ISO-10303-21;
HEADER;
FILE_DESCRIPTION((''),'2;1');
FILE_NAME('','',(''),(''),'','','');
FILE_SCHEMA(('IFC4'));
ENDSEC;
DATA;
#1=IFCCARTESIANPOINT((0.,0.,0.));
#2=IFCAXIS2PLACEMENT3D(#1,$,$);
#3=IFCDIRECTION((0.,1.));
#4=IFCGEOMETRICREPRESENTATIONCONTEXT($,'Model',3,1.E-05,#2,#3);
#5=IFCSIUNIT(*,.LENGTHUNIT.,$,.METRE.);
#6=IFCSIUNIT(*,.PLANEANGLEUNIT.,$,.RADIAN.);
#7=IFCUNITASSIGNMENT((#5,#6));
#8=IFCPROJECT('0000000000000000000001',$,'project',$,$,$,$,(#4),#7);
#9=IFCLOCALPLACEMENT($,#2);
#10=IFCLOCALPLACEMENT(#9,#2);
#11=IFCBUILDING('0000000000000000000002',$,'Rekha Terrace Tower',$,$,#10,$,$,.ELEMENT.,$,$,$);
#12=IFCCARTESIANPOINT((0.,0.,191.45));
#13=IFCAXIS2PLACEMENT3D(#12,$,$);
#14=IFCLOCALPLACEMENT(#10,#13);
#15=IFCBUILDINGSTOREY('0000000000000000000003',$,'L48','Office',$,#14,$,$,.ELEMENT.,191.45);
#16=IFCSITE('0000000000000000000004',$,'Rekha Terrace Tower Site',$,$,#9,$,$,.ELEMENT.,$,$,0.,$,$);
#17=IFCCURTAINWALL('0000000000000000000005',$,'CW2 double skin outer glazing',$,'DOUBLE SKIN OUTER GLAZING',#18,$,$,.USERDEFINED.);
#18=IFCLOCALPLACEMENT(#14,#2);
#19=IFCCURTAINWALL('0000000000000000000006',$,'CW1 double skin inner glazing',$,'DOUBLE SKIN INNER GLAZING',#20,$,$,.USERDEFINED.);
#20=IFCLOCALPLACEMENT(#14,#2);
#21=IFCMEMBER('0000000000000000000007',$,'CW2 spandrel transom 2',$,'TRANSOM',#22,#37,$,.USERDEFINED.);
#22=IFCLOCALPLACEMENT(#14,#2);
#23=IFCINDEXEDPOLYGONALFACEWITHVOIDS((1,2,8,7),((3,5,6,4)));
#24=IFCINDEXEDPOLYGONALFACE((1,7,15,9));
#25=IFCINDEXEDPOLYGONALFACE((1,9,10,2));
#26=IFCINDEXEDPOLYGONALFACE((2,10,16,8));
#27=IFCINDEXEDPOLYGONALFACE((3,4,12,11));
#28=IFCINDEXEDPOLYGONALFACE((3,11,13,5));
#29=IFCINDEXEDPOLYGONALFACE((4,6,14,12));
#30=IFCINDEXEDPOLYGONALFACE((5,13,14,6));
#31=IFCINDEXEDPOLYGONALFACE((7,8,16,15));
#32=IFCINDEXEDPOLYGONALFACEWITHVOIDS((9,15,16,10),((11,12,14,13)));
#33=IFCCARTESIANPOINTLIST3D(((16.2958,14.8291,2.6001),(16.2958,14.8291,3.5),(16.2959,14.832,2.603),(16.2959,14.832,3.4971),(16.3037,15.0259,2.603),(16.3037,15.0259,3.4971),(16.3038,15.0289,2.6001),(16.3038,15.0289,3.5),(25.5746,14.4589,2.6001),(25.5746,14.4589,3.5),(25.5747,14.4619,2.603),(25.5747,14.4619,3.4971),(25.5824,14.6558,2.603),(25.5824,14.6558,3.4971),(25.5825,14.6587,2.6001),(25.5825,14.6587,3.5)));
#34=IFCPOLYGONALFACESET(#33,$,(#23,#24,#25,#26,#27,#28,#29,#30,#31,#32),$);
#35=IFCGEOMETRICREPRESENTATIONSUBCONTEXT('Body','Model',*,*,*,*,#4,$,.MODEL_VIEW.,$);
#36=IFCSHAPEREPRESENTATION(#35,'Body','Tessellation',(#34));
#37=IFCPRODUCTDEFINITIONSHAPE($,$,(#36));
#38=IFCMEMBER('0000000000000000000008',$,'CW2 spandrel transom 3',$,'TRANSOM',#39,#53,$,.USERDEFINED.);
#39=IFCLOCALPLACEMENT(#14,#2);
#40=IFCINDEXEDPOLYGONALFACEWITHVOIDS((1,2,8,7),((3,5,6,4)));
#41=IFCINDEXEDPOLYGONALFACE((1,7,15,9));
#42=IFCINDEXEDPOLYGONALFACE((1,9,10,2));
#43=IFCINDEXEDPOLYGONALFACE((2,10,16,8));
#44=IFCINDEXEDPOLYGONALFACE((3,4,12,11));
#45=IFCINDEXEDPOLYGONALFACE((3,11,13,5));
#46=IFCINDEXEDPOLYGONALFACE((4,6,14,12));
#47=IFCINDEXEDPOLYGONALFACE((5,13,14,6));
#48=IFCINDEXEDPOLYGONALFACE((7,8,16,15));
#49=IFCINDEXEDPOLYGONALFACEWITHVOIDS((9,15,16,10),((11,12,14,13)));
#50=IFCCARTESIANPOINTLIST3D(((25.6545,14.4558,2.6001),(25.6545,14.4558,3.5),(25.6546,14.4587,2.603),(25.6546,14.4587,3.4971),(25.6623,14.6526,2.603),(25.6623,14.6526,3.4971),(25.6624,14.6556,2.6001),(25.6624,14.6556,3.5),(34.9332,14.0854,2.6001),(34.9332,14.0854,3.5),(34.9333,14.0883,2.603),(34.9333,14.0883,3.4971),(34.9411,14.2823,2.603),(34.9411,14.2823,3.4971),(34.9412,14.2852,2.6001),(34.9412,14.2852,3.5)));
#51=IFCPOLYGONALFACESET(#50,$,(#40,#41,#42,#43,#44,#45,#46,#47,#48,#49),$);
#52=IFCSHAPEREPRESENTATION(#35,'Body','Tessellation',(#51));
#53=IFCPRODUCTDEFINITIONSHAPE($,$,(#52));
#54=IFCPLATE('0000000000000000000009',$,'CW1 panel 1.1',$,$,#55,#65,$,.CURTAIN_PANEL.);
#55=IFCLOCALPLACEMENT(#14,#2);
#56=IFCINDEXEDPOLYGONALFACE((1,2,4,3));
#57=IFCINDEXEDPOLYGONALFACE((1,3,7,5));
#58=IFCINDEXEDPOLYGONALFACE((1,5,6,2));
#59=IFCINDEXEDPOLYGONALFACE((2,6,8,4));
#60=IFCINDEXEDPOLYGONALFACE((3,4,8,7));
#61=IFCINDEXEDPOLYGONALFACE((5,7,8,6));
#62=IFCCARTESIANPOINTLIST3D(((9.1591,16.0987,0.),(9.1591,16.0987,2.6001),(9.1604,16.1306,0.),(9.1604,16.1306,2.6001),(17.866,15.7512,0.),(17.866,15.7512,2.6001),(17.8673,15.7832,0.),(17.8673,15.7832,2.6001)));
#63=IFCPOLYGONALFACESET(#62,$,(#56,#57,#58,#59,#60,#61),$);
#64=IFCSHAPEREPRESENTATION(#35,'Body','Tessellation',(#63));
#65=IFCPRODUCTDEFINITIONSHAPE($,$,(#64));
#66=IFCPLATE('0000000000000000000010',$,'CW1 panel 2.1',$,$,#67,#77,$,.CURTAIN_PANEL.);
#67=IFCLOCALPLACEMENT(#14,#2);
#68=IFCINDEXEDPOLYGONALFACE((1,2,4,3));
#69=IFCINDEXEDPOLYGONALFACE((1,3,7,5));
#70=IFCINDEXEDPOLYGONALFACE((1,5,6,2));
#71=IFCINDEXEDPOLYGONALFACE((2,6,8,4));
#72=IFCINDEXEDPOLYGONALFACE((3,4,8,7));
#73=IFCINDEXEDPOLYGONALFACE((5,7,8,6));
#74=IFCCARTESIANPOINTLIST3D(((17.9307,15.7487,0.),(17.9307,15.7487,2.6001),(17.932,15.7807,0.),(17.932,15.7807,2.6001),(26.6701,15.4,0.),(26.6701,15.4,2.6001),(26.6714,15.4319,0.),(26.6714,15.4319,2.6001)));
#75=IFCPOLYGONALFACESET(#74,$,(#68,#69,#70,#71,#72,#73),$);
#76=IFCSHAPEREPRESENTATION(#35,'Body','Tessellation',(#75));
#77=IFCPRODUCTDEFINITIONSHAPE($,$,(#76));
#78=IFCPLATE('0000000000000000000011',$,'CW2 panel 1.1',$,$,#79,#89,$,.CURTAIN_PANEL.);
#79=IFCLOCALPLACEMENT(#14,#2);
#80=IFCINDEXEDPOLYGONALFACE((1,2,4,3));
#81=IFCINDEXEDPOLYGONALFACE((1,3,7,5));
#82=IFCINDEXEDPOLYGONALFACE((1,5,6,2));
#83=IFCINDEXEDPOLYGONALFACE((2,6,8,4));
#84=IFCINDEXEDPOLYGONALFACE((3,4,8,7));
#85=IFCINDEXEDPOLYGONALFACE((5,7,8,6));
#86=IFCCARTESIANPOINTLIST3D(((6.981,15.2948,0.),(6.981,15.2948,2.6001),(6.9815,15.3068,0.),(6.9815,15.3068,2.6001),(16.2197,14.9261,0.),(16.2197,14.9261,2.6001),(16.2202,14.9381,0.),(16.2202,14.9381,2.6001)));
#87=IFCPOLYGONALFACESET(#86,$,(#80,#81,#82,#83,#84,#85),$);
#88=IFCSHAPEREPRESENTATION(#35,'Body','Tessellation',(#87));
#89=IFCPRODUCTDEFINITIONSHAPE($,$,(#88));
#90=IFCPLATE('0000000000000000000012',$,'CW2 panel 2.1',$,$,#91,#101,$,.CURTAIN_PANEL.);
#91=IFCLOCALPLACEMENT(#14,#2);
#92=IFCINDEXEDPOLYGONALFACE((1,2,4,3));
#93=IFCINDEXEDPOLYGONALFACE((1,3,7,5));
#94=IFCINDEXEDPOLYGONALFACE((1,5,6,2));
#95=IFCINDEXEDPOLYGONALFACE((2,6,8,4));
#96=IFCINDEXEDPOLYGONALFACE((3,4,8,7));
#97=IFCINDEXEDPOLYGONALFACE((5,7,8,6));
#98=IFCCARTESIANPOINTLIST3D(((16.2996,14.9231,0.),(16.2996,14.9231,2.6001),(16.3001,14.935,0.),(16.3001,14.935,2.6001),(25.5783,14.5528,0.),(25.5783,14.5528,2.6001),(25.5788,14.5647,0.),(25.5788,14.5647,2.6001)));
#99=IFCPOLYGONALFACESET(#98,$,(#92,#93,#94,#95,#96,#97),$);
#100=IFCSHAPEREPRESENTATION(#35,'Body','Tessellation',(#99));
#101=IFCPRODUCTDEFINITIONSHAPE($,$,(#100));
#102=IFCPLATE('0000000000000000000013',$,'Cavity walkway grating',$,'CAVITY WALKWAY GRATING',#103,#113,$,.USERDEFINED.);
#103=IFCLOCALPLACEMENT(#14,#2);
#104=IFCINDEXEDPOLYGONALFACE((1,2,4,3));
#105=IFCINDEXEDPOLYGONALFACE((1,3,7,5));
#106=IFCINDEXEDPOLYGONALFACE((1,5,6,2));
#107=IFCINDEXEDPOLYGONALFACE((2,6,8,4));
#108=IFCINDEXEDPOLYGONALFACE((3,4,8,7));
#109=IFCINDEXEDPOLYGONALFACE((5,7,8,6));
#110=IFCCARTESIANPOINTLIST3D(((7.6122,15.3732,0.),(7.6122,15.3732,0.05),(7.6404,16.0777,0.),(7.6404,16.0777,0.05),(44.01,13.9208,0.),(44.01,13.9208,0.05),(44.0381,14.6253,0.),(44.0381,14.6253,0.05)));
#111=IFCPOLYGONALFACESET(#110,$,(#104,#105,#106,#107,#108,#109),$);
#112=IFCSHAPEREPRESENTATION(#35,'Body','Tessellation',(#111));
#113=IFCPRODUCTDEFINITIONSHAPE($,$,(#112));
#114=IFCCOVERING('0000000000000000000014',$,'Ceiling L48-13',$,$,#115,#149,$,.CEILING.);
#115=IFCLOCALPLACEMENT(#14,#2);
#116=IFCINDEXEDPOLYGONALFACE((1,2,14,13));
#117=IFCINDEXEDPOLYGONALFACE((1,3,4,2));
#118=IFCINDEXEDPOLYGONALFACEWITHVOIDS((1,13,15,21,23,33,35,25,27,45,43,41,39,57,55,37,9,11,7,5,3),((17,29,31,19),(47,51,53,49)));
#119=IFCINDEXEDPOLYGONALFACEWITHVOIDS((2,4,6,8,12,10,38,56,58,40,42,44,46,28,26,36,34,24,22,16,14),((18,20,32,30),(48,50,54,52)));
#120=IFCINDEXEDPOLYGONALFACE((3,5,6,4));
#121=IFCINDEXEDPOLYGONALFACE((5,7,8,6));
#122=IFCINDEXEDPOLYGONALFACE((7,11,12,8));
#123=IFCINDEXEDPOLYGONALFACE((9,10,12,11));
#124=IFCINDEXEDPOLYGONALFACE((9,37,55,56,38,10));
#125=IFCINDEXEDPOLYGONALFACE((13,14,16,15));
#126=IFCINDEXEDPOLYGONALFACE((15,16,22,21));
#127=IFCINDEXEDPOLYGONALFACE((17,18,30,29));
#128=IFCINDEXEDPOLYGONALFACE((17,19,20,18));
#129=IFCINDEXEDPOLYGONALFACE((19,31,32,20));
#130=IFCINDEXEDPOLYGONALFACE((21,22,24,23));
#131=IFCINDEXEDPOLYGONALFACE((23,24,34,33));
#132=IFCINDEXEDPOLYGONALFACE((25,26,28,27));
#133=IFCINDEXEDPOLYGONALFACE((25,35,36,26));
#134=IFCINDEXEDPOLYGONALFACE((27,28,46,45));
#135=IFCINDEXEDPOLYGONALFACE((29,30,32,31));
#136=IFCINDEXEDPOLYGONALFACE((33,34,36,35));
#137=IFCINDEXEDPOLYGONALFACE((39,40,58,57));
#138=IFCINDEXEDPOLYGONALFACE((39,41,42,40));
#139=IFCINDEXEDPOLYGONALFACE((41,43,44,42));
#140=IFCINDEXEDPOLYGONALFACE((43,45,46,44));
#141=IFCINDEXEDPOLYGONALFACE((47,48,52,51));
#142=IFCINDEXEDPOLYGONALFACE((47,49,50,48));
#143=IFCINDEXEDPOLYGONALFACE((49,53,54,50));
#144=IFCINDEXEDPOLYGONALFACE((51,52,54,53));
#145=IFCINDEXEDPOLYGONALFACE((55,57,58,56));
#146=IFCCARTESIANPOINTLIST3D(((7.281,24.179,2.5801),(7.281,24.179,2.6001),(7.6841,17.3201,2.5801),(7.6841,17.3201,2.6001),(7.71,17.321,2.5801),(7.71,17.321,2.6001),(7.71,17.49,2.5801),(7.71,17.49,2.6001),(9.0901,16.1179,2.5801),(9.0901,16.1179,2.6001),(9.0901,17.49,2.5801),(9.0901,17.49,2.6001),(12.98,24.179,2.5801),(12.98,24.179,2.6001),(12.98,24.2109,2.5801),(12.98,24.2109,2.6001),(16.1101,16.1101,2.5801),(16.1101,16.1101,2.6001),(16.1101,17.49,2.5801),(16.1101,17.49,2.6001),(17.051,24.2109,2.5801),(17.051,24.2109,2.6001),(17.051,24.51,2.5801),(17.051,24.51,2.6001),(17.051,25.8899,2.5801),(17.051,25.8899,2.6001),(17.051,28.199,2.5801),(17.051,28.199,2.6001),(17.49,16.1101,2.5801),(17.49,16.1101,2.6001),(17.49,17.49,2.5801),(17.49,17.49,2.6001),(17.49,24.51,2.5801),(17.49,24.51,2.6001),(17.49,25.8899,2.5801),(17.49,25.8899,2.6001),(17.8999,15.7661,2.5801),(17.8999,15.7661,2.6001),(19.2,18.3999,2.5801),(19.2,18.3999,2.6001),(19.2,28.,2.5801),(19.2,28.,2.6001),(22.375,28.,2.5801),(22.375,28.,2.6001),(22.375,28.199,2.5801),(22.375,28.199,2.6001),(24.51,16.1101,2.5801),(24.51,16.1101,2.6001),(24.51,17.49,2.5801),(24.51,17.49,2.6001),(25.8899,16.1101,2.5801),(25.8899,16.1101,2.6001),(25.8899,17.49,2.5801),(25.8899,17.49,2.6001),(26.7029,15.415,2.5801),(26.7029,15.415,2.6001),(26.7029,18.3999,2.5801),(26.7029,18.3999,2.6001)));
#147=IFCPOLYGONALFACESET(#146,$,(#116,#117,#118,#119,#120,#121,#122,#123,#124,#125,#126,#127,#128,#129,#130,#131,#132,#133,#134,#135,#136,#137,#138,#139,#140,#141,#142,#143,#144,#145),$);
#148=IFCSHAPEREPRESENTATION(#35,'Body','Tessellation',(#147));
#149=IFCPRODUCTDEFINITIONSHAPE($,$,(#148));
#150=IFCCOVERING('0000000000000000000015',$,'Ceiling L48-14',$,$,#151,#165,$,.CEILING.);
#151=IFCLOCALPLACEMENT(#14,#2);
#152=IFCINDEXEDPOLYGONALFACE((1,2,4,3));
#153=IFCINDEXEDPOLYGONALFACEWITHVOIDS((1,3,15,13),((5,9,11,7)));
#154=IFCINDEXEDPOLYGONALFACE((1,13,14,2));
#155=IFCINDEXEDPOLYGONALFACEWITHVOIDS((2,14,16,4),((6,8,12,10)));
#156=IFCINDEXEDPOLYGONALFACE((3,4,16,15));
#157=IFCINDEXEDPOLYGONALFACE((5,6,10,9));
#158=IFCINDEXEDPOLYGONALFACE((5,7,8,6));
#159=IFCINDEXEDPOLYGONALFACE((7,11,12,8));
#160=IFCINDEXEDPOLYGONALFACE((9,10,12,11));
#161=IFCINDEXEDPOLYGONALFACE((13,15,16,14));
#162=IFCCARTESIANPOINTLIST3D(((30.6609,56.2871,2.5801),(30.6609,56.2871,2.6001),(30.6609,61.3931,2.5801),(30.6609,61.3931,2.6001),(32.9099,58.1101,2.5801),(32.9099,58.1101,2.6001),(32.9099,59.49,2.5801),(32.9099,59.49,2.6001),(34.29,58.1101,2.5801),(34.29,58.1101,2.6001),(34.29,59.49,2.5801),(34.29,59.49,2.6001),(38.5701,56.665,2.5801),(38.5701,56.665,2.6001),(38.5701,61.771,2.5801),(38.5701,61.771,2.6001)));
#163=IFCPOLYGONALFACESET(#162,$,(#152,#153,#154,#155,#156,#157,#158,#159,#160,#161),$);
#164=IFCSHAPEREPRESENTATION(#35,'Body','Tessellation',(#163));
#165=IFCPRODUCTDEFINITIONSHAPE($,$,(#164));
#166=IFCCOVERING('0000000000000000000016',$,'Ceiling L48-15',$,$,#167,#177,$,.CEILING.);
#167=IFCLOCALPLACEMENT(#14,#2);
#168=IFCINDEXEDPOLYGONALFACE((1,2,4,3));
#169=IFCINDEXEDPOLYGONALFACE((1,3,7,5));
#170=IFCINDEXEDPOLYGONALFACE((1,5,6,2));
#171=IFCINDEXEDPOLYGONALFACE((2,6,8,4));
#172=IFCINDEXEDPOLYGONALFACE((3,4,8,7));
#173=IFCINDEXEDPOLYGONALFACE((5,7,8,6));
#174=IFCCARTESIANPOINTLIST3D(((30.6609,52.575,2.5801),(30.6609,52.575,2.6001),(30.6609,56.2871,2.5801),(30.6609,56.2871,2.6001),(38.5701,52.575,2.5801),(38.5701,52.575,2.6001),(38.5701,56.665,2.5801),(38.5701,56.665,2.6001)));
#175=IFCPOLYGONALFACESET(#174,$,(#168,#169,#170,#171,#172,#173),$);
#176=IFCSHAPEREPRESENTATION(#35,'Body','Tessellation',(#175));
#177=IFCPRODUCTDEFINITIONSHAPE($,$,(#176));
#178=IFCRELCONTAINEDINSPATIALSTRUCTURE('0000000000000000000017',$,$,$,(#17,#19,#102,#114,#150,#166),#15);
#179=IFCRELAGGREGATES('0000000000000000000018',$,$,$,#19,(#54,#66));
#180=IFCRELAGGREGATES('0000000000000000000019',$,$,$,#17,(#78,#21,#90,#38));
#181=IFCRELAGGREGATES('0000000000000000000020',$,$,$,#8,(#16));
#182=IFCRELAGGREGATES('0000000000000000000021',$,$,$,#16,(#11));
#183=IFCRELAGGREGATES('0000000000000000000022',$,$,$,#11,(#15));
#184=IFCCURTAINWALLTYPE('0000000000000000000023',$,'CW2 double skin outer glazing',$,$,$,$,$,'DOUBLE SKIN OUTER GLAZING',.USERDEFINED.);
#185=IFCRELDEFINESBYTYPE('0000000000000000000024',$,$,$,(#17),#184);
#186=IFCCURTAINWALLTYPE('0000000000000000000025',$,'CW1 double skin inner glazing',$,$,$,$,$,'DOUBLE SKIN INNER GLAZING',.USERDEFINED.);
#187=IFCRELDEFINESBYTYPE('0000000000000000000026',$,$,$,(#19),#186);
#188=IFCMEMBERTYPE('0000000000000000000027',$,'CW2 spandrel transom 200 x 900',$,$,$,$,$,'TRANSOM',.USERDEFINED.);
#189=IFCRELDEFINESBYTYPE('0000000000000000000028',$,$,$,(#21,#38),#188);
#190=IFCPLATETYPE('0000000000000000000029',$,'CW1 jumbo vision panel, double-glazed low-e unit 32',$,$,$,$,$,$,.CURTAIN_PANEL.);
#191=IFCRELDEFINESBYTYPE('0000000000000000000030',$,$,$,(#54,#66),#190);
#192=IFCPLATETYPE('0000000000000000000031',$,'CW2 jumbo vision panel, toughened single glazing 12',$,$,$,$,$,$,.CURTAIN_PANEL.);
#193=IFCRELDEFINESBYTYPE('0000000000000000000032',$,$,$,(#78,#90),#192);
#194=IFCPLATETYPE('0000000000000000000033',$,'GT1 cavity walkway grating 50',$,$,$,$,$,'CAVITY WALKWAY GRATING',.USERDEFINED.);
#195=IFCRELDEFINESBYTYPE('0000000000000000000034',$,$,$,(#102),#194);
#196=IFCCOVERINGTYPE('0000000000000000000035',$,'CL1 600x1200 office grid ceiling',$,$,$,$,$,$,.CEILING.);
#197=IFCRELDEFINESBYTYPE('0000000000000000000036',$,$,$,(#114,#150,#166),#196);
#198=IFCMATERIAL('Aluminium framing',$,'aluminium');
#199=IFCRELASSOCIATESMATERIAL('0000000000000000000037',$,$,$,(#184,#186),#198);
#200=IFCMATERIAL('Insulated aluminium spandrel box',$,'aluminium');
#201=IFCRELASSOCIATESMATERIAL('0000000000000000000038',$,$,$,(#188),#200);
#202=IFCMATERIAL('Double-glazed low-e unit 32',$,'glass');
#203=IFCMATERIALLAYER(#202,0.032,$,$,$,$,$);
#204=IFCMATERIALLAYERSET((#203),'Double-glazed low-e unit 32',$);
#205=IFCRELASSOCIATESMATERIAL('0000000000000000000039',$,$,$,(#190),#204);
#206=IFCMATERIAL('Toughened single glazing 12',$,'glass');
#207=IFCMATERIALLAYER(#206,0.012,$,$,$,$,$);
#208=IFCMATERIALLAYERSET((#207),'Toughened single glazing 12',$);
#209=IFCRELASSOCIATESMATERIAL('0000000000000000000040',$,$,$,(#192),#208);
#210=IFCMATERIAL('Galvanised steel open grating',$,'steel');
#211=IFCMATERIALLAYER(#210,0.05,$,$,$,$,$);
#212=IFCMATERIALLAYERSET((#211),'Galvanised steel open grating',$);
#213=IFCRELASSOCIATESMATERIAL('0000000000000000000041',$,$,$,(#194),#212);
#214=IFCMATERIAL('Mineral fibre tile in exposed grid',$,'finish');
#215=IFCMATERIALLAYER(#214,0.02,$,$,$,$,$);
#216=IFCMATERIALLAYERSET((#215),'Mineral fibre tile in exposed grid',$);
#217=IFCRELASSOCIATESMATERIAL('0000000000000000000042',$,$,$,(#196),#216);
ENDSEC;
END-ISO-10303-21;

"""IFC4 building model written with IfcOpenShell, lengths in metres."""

from ifc_helpers import new_model, si_unit, direction, frame, origin, origin_2d, place, context, subcontext, project, spatial, polyline, rectangle, hollow_rectangle, outline, extrude, material, layer, layer_set, material_profile, profile_set, type_object, element, aggregate, save


model = new_model("IFC4")

# Units and contexts
model_context = context("Model", 3, precision=1e-05, world=origin(), true_north=direction((0.0, 1.0)))
body_context = subcontext(model_context, "Body", "Model", "MODEL_VIEW")
ifc_project = project(units=[si_unit("LENGTHUNIT", "METRE"), si_unit("PLANEANGLEUNIT", "RADIAN")], contexts=[model_context])

# Site, building, storey
site_placement = place(None, origin())
site = spatial("IfcSite", under=ifc_project, at=site_placement, Name="Rekha Terrace Tower Site", CompositionType="ELEMENT", RefElevation=0.0)
building_placement = place(site_placement, origin())
building = spatial("IfcBuilding", under=site, at=building_placement, Name="Rekha Terrace Tower", CompositionType="ELEMENT")
storey_placement = place(building_placement, frame((0.0, 0.0, 191.45)))
storey = spatial("IfcBuildingStorey", under=building, at=storey_placement, Name="L48", Description="Office", CompositionType="ELEMENT", Elevation=191.45)

# Curtain walls
ifc_material_1 = material(Name="Aluminium framing", Category="aluminium")
curtain_wall_type_1 = type_object("IfcCurtainWallType", Name="CW2 double skin outer glazing", ElementType="DOUBLE SKIN OUTER GLAZING", PredefinedType="USERDEFINED", material=ifc_material_1)
curtain_wall_1_placement = place(storey_placement, origin())
curtain_wall_1 = element("IfcCurtainWall", 1, at=curtain_wall_1_placement, inside=storey, type_object=curtain_wall_type_1, Name="CW2 double skin outer glazing", ObjectType="DOUBLE SKIN OUTER GLAZING", PredefinedType="USERDEFINED")
curtain_wall_type_2 = type_object("IfcCurtainWallType", Name="CW1 double skin inner glazing", ElementType="DOUBLE SKIN INNER GLAZING", PredefinedType="USERDEFINED", material=ifc_material_1)
curtain_wall_2_placement = place(storey_placement, origin())
curtain_wall_2 = element("IfcCurtainWall", 2, at=curtain_wall_2_placement, inside=storey, type_object=curtain_wall_type_2, Name="CW1 double skin inner glazing", ObjectType="DOUBLE SKIN INNER GLAZING", PredefinedType="USERDEFINED")
ifc_material_2 = material(Name="Insulated aluminium spandrel box", Category="aluminium")

# Members
ifc_material_profile_1 = material_profile(ifc_material_2, hollow_rectangle(XDim=0.2, YDim=0.8999, WallThickness=0.0029, at=origin_2d()), Name="AL SPANDREL BOX 200x900")
ifc_profile_set_1 = profile_set([ifc_material_profile_1], Name="Insulated aluminium spandrel box")
member_type_1 = type_object("IfcMemberType", Name="CW2 spandrel transom 200 x 900", ElementType="TRANSOM", PredefinedType="USERDEFINED", material=ifc_profile_set_1)
member_1_placement = place(storey_placement, frame((16.2998, 14.929, 3.05), z_axis=(0.999205, -0.039857, 0.0), x_axis=(0.039857, 0.999205, 0.0)))
member_1 = element("IfcMember", 3, at=member_1_placement, type_object=member_type_1, Name="CW2 spandrel transom 2", ObjectType="TRANSOM", PredefinedType="USERDEFINED", context=body_context, shape_type="SweptSolid", body=[
    extrude(hollow_rectangle(XDim=0.2, YDim=0.8999, WallThickness=0.0029, at=origin_2d()), origin(), (0.0, 0.0, 1.0), 9.2861),
])
member_2_placement = place(storey_placement, frame((25.6584, 14.5557, 3.05), z_axis=(0.999204, -0.039883, 0.0), x_axis=(0.039883, 0.999204, 0.0)))
member_2 = element("IfcMember", 4, at=member_2_placement, type_object=member_type_1, Name="CW2 spandrel transom 3", ObjectType="TRANSOM", PredefinedType="USERDEFINED", context=body_context, shape_type="SweptSolid", body=[
    extrude(hollow_rectangle(XDim=0.2, YDim=0.8999, WallThickness=0.0029, at=origin_2d()), origin(), (0.0, 0.0, 1.0), 9.2861),
])

# Plates
ifc_material_3 = material(Name="Double-glazed low-e unit 32", Category="glass")
ifc_layer_1 = layer(ifc_material_3, 0.032)
ifc_layer_set_1 = layer_set([ifc_layer_1], Name="Double-glazed low-e unit 32")
plate_type_1 = type_object("IfcPlateType", Name="CW1 jumbo vision panel, double-glazed low-e unit 32", PredefinedType="CURTAIN_PANEL", material=ifc_layer_set_1)
plate_1_placement = place(storey_placement, frame((13.5132, 15.9409, 0.0), z_axis=(0.0, 0.0, 1.0), x_axis=(0.999205, -0.039872, 0.0)))
plate_1 = element("IfcPlate", 5, at=plate_1_placement, type_object=plate_type_1, Name="CW1 panel 1.1", PredefinedType="CURTAIN_PANEL", context=body_context, shape_type="SweptSolid", body=[
    extrude(rectangle(XDim=8.7139, YDim=0.032, at=origin_2d()), origin(), (0.0, 0.0, 1.0), 2.6001),
])
plate_2_placement = place(storey_placement, frame((22.301, 15.5903, 0.0), z_axis=(0.0, 0.0, 1.0), x_axis=(0.999205, -0.039872, 0.0)))
plate_2 = element("IfcPlate", 6, at=plate_2_placement, type_object=plate_type_1, Name="CW1 panel 2.1", PredefinedType="CURTAIN_PANEL", context=body_context, shape_type="SweptSolid", body=[
    extrude(rectangle(XDim=8.7463, YDim=0.032, at=origin_2d()), origin(), (0.0, 0.0, 1.0), 2.6001),
])
aggregate(curtain_wall_2, [plate_1, plate_2])
ifc_material_4 = material(Name="Toughened single glazing 12", Category="glass")
ifc_layer_2 = layer(ifc_material_4, 0.012)
ifc_layer_set_2 = layer_set([ifc_layer_2], Name="Toughened single glazing 12")
plate_type_2 = type_object("IfcPlateType", Name="CW2 jumbo vision panel, toughened single glazing 12", PredefinedType="CURTAIN_PANEL", material=ifc_layer_set_2)
plate_3_placement = place(storey_placement, frame((11.6006, 15.1165, 0.0), z_axis=(0.0, 0.0, 1.0), x_axis=(0.999205, -0.039872, 0.0)))
plate_3 = element("IfcPlate", 7, at=plate_3_placement, type_object=plate_type_2, Name="CW2 panel 1.1", PredefinedType="CURTAIN_PANEL", context=body_context, shape_type="SweptSolid", body=[
    extrude(rectangle(XDim=9.2461, YDim=0.012, at=origin_2d()), origin(), (0.0, 0.0, 1.0), 2.6001),
])
plate_4_placement = place(storey_placement, frame((20.9392, 14.7439, 0.0), z_axis=(0.0, 0.0, 1.0), x_axis=(0.999205, -0.039872, 0.0)))
plate_4 = element("IfcPlate", 8, at=plate_4_placement, type_object=plate_type_2, Name="CW2 panel 2.1", PredefinedType="CURTAIN_PANEL", context=body_context, shape_type="SweptSolid", body=[
    extrude(rectangle(XDim=9.2861, YDim=0.012, at=origin_2d()), origin(), (0.0, 0.0, 1.0), 2.6001),
])
aggregate(curtain_wall_1, [plate_3, member_1, plate_4, member_2])
ifc_material_5 = material(Name="Galvanised steel open grating", Category="steel")
ifc_layer_3 = layer(ifc_material_5, 0.05)
ifc_layer_set_3 = layer_set([ifc_layer_3], Name="Galvanised steel open grating")
plate_type_3 = type_object("IfcPlateType", Name="GT1 cavity walkway grating 50", ElementType="CAVITY WALKWAY GRATING", PredefinedType="USERDEFINED", material=ifc_layer_set_3)
plate_5_placement = place(storey_placement, frame((25.8252, 14.9993, 0.0), z_axis=(0.0, 0.0, 1.0), x_axis=(0.999205, -0.039872, 0.0)))
element("IfcPlate", 9, at=plate_5_placement, inside=storey, type_object=plate_type_3, Name="Cavity walkway grating", ObjectType="CAVITY WALKWAY GRATING", PredefinedType="USERDEFINED", context=body_context, shape_type="SweptSolid", body=[
    extrude(rectangle(XDim=36.4268, YDim=0.7051, at=origin_2d()), origin(), (0.0, 0.0, 1.0), 0.05),
])

# Coverings
ifc_material_6 = material(Name="Mineral fibre tile in exposed grid", Category="finish")
ifc_layer_4 = layer(ifc_material_6, 0.02)
ifc_layer_set_4 = layer_set([ifc_layer_4], Name="Mineral fibre tile in exposed grid")
covering_type_1 = type_object("IfcCoveringType", Name="CL1 600x1200 office grid ceiling", PredefinedType="CEILING", material=ifc_layer_set_4)
covering_1_placement = place(storey_placement, frame((0.0, 0.0, 2.5801)))
element("IfcCovering", 10, at=covering_1_placement, inside=storey, type_object=covering_type_1, Name="Ceiling L48-13", PredefinedType="CEILING", context=body_context, shape_type="SweptSolid", body=[
    extrude(outline(polyline([(17.49, 24.51), (17.051, 24.51), (17.051, 24.2109), (12.98, 24.2109), (12.98, 24.179), (7.281, 24.179), (7.6841, 17.3201), (7.71, 17.321), (7.71, 17.49), (9.0901, 17.49), (9.0901, 16.1179), (17.8999, 15.7661), (26.7029, 15.415), (26.7029, 18.3999), (19.2, 18.3999), (19.2, 28.0), (22.375, 28.0), (22.375, 28.199), (17.051, 28.199), (17.051, 25.8899), (17.49, 25.8899), (17.49, 24.51)]), holes=[polyline([(25.8899, 17.49), (25.8899, 16.1101), (24.51, 16.1101), (24.51, 17.49), (25.8899, 17.49)]), polyline([(17.49, 17.49), (17.49, 16.1101), (16.1101, 16.1101), (16.1101, 17.49), (17.49, 17.49)])]), origin(), (0.0, 0.0, 1.0), 0.02),
])
covering_2_placement = place(storey_placement, frame((0.0, 0.0, 2.5801)))
element("IfcCovering", 11, at=covering_2_placement, inside=storey, type_object=covering_type_1, Name="Ceiling L48-14", PredefinedType="CEILING", context=body_context, shape_type="SweptSolid", body=[
    extrude(outline(polyline([(30.6609, 56.2871), (38.5701, 56.665), (38.5701, 61.771), (30.6609, 61.3931), (30.6609, 56.2871)]), holes=[polyline([(34.29, 58.1101), (32.9099, 58.1101), (32.9099, 59.49), (34.29, 59.49), (34.29, 58.1101)])]), origin(), (0.0, 0.0, 1.0), 0.02),
])
covering_3_placement = place(storey_placement, frame((0.0, 0.0, 2.5801)))
element("IfcCovering", 12, at=covering_3_placement, inside=storey, type_object=covering_type_1, Name="Ceiling L48-15", PredefinedType="CEILING", context=body_context, shape_type="SweptSolid", body=[
    extrude(outline(polyline([(30.6609, 52.575), (38.5701, 52.575), (38.5701, 56.665), (30.6609, 56.2871), (30.6609, 52.575)])), origin(), (0.0, 0.0, 1.0), 0.02),
])

save(model, "model.ifc")
